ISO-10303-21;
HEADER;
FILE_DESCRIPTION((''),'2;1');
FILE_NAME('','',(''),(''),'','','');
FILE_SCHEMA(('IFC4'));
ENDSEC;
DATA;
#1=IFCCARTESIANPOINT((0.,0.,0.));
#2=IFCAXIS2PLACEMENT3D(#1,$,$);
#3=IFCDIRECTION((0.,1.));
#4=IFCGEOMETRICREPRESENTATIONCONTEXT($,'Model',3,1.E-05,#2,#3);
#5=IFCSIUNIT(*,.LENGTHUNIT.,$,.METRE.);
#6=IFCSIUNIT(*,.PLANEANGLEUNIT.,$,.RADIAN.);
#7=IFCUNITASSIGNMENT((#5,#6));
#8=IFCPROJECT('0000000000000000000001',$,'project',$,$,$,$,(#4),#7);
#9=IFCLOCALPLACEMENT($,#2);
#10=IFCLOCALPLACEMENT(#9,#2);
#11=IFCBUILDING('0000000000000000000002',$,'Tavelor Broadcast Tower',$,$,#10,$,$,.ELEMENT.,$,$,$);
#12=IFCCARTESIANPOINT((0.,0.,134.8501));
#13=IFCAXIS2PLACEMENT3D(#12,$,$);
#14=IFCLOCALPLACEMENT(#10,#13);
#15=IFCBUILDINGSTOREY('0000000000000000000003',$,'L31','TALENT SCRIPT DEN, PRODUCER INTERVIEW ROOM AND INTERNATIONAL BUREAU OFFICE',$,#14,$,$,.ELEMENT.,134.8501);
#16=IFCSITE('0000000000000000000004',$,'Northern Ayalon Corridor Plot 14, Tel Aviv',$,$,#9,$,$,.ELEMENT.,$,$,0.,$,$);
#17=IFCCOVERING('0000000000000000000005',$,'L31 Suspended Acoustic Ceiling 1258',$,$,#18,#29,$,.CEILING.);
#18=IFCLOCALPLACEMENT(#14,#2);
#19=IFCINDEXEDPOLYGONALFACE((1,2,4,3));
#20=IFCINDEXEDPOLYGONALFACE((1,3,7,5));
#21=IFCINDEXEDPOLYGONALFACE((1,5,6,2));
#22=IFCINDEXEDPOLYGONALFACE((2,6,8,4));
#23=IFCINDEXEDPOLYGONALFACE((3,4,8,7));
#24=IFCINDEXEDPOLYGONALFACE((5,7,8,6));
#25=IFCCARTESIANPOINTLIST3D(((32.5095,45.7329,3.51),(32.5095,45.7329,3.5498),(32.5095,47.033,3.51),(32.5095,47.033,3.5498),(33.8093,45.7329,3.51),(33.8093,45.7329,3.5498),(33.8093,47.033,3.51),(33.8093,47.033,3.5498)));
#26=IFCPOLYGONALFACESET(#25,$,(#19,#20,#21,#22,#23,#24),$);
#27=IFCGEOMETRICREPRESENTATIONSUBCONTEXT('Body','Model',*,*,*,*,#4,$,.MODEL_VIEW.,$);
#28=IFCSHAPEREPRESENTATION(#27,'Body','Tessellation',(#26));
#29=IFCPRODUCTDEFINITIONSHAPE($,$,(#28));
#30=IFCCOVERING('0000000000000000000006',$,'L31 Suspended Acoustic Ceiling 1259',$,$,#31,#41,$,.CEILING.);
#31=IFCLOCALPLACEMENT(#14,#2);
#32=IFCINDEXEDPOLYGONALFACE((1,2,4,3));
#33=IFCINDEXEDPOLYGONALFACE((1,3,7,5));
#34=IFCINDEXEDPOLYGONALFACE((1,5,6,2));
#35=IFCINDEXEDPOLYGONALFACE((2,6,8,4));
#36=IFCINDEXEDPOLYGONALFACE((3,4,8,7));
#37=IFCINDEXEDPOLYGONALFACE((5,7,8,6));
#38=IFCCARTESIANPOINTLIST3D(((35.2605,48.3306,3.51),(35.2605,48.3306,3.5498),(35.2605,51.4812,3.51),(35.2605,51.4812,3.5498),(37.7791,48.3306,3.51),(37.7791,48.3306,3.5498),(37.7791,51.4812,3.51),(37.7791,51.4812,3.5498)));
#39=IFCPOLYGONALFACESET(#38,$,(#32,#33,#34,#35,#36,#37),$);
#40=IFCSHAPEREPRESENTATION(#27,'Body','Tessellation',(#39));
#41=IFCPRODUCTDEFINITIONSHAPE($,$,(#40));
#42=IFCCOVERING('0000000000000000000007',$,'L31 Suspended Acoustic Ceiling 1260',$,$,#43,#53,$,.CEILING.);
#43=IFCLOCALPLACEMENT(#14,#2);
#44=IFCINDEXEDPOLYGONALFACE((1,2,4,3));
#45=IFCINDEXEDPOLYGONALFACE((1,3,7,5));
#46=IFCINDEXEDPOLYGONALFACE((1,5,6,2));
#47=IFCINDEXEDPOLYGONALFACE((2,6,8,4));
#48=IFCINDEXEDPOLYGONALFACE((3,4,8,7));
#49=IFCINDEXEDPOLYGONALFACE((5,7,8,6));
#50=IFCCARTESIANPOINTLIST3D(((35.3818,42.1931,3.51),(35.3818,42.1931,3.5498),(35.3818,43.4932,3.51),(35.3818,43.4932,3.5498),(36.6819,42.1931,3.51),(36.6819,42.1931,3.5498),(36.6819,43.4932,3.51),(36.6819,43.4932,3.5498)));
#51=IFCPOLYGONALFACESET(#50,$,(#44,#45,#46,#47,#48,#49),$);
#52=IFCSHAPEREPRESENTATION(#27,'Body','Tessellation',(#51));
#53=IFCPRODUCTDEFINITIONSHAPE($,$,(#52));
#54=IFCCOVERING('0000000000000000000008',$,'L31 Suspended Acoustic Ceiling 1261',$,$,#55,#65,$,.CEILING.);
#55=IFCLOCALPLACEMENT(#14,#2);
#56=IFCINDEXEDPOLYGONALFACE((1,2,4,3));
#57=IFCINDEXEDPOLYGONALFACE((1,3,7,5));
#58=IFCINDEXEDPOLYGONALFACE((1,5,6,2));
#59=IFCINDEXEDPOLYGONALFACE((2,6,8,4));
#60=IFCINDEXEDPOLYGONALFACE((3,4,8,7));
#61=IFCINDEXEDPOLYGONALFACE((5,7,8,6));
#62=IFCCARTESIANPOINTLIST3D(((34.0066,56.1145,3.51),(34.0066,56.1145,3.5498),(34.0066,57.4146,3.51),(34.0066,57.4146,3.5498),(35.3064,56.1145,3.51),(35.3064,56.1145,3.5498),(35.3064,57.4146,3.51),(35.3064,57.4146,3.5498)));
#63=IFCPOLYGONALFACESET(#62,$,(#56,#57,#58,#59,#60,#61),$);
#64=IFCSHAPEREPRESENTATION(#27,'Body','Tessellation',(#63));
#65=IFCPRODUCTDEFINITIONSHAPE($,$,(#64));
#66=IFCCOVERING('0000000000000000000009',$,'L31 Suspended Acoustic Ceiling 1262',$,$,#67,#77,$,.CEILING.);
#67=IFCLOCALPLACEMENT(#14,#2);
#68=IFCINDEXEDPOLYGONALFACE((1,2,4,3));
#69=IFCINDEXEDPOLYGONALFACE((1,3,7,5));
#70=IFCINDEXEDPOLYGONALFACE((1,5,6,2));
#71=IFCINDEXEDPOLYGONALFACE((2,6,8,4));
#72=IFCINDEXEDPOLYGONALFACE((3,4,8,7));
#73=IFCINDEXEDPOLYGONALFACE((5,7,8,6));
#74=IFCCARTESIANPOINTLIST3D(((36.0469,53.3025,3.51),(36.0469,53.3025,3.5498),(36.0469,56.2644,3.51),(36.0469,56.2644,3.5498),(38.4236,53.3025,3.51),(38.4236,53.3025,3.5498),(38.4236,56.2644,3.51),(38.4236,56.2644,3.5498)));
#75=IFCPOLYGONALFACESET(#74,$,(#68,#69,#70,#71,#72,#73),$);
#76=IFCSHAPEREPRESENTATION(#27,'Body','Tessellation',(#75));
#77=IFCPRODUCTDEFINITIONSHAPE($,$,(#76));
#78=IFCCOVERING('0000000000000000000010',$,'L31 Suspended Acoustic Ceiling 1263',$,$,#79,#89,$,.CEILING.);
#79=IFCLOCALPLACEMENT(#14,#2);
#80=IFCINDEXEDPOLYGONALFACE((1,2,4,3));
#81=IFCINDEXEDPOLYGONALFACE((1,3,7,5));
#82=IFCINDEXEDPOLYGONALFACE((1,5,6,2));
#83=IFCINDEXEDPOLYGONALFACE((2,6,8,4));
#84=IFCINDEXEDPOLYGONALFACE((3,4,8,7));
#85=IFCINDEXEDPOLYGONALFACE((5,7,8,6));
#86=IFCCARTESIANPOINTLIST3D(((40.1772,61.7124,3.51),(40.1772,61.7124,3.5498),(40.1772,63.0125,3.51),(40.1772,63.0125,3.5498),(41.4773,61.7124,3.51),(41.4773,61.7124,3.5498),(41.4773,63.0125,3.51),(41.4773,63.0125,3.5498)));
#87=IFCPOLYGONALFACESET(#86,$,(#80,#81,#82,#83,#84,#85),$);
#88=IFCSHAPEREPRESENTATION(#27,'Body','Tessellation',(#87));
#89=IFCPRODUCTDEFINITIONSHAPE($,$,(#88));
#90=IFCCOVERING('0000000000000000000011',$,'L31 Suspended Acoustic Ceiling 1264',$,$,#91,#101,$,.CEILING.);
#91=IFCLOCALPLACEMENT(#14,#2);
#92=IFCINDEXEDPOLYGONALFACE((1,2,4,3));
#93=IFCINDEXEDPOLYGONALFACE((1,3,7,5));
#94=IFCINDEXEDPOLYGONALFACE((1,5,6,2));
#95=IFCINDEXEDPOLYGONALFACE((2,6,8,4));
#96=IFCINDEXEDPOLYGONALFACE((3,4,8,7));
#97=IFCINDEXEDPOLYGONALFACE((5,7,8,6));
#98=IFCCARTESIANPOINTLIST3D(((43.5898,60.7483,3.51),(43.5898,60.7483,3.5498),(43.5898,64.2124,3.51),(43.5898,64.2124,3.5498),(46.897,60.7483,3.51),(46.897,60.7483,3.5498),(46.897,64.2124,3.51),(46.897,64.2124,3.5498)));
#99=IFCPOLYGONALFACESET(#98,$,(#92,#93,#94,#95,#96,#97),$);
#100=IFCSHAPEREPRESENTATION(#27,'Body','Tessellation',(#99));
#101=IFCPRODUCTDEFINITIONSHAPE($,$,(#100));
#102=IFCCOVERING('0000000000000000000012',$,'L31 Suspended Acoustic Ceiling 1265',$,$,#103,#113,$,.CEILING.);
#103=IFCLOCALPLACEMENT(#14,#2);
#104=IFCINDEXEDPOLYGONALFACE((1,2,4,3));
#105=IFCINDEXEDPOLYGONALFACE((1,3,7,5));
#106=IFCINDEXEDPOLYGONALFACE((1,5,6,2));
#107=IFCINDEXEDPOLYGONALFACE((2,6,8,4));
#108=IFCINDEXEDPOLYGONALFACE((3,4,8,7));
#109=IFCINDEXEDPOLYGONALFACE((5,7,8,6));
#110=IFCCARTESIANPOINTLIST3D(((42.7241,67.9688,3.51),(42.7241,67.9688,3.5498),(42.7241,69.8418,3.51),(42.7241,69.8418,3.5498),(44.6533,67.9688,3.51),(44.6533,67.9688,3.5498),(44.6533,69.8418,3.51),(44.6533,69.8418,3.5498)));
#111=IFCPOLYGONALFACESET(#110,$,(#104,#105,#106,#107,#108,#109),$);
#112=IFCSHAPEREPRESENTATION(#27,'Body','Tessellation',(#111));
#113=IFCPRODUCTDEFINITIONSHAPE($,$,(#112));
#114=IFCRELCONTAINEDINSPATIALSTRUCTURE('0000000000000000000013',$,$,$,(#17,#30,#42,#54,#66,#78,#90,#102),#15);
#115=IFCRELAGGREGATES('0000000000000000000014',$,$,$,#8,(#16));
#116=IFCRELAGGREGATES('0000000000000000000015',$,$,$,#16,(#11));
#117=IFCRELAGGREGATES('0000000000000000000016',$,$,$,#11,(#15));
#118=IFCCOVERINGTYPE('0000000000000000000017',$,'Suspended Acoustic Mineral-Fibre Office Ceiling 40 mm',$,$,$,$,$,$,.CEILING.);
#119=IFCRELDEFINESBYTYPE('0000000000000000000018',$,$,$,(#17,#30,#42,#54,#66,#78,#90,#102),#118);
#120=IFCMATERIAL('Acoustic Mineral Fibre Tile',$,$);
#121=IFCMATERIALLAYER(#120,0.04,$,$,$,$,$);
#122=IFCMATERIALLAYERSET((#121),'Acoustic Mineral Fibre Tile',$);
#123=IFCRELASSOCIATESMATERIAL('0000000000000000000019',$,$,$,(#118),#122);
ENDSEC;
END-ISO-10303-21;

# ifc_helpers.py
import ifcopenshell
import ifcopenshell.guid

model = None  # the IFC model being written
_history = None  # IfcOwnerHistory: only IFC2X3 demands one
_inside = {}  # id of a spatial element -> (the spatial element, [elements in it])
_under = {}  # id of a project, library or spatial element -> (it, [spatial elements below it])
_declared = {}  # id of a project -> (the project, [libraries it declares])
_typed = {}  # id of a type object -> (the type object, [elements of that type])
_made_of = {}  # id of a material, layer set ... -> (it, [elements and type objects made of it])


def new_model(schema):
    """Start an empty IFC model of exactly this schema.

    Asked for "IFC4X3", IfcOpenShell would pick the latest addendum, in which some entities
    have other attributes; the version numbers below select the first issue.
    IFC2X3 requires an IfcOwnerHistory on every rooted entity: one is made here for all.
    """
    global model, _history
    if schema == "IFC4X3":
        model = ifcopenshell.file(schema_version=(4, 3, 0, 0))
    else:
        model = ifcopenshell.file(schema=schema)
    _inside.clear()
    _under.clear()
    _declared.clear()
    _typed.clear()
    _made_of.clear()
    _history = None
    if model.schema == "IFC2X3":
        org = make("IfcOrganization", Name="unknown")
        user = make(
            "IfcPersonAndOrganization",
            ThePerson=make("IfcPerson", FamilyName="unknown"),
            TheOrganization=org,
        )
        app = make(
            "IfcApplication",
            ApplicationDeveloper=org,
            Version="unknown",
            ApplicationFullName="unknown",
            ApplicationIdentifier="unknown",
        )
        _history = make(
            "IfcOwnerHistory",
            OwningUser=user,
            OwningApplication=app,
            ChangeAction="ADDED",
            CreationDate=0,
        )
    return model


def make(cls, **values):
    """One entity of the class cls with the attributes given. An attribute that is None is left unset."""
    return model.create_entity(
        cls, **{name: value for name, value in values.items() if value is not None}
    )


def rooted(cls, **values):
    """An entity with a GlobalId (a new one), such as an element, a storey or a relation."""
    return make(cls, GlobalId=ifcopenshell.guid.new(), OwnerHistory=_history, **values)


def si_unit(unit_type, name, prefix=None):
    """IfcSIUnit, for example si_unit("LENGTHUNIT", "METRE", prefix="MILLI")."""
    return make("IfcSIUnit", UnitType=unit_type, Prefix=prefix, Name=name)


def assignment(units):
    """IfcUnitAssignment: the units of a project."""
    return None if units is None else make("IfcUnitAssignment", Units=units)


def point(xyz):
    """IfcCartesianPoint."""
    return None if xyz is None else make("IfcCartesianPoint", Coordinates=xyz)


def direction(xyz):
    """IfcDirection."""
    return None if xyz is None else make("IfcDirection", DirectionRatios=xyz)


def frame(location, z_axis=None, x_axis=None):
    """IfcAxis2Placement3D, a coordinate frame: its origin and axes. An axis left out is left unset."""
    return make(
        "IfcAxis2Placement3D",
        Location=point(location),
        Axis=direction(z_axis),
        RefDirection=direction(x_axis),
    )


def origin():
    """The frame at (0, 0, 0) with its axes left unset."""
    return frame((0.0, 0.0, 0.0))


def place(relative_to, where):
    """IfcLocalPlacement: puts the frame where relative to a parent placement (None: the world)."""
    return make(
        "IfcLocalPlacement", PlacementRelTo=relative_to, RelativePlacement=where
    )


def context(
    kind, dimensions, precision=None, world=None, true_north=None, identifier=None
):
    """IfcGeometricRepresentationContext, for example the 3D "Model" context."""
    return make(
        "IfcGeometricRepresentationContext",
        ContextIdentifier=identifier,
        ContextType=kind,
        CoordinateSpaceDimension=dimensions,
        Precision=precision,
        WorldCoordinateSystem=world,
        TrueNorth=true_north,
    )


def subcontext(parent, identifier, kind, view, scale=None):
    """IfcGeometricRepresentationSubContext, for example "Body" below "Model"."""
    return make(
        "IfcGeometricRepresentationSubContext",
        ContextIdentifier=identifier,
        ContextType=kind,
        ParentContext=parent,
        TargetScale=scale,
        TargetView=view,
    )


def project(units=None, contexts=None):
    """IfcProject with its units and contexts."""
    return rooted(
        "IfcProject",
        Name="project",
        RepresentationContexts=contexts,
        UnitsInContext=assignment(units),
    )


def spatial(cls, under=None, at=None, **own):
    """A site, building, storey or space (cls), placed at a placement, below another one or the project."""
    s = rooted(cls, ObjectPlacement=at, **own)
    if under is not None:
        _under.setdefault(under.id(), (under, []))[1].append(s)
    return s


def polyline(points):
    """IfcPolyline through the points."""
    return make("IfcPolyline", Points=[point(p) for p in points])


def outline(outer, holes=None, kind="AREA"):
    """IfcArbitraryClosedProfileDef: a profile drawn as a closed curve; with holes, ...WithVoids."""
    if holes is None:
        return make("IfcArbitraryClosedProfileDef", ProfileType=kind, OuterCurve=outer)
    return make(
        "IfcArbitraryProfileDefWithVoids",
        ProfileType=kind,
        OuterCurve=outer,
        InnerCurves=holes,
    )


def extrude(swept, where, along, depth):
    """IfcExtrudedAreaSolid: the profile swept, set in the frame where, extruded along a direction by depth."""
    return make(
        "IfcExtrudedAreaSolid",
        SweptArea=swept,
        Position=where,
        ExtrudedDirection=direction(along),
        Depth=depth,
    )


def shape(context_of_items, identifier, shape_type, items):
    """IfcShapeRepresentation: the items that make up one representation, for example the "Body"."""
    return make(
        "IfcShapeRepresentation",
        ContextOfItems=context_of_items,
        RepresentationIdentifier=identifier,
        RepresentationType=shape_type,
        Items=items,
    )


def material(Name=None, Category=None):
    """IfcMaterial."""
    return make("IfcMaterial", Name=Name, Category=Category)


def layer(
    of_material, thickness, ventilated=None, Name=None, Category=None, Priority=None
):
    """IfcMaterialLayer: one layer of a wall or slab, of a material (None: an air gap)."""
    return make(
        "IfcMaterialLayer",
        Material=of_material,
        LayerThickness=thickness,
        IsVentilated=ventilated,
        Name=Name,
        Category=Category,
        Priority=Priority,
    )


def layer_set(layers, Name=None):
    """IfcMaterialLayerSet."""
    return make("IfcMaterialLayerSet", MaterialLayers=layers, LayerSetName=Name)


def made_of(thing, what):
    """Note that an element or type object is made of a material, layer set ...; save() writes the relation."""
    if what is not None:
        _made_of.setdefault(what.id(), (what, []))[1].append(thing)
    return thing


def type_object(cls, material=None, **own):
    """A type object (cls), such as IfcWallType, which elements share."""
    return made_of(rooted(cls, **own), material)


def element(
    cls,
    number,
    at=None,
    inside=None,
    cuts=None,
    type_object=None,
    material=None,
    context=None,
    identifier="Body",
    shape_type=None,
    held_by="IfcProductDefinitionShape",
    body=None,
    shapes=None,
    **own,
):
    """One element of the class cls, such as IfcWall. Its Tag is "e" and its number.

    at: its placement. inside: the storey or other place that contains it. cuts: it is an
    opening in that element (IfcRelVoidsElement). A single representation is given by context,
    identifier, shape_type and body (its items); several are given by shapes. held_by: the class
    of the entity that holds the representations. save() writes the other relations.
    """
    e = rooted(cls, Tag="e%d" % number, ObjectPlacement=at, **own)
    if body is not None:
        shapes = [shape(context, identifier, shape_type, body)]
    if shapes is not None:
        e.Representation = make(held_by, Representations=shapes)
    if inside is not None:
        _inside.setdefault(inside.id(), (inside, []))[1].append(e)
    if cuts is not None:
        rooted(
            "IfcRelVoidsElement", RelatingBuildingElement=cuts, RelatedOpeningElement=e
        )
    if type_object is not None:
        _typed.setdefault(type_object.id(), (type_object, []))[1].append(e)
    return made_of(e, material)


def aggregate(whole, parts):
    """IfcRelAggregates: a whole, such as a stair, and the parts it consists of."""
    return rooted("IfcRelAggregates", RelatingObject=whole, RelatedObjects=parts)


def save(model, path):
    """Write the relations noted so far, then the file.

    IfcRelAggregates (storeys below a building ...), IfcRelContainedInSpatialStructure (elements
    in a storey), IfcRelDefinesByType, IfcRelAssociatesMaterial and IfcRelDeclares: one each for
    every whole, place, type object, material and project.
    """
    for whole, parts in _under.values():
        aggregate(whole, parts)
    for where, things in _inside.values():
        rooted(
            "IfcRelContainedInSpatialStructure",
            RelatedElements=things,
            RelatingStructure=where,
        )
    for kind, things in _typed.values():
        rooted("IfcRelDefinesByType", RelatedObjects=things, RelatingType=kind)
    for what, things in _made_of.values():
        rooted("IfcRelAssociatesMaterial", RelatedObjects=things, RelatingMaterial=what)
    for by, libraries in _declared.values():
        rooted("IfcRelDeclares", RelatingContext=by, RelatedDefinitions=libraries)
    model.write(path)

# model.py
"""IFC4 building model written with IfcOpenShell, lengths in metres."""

from ifc_helpers import new_model, si_unit, direction, frame, origin, place, context, subcontext, project, spatial, polyline, outline, extrude, material, layer, layer_set, type_object, element, save


model = new_model("IFC4")

# Units and contexts
model_context = context("Model", 3, precision=1e-05, world=origin(), true_north=direction((0.0, 1.0)))
body_context = subcontext(model_context, "Body", "Model", "MODEL_VIEW")
ifc_project = project(units=[si_unit("LENGTHUNIT", "METRE"), si_unit("PLANEANGLEUNIT", "RADIAN")], contexts=[model_context])

# Site, building, storey
site_placement = place(None, origin())
site = spatial("IfcSite", under=ifc_project, at=site_placement, Name="Northern Ayalon Corridor Plot 14, Tel Aviv", CompositionType="ELEMENT", RefElevation=0.0)
building_placement = place(site_placement, origin())
building = spatial("IfcBuilding", under=site, at=building_placement, Name="Tavelor Broadcast Tower", CompositionType="ELEMENT")
storey_placement = place(building_placement, frame((0.0, 0.0, 134.8501)))
storey = spatial("IfcBuildingStorey", under=building, at=storey_placement, Name="L31", Description="TALENT SCRIPT DEN, PRODUCER INTERVIEW ROOM AND INTERNATIONAL BUREAU OFFICE", CompositionType="ELEMENT", Elevation=134.8501)

# Coverings
ifc_material_1 = material(Name="Acoustic Mineral Fibre Tile")
ifc_layer_1 = layer(ifc_material_1, 0.04)
ifc_layer_set_1 = layer_set([ifc_layer_1], Name="Acoustic Mineral Fibre Tile")
covering_type_1 = type_object("IfcCoveringType", Name="Suspended Acoustic Mineral-Fibre Office Ceiling 40 mm", PredefinedType="CEILING", material=ifc_layer_set_1)
covering_1_placement = place(storey_placement, frame((0.0, 0.0, 3.51)))
element("IfcCovering", 1, at=covering_1_placement, inside=storey, type_object=covering_type_1, Name="L31 Suspended Acoustic Ceiling 1258", PredefinedType="CEILING", context=body_context, shape_type="SweptSolid", body=[
    extrude(outline(polyline([(32.5095, 45.7329), (33.8093, 45.7329), (33.8093, 47.033), (32.5095, 47.033), (32.5095, 45.7329)])), origin(), (0.0, 0.0, 1.0), 0.0398),
])
covering_2_placement = place(storey_placement, frame((0.0, 0.0, 3.51)))
element("IfcCovering", 2, at=covering_2_placement, inside=storey, type_object=covering_type_1, Name="L31 Suspended Acoustic Ceiling 1259", PredefinedType="CEILING", context=body_context, shape_type="SweptSolid", body=[
    extrude(outline(polyline([(35.2605, 48.3306), (37.7791, 48.3306), (37.7791, 51.4812), (35.2605, 51.4812), (35.2605, 48.3306)])), origin(), (0.0, 0.0, 1.0), 0.0398),
])
covering_3_placement = place(storey_placement, frame((0.0, 0.0, 3.51)))
element("IfcCovering", 3, at=covering_3_placement, inside=storey, type_object=covering_type_1, Name="L31 Suspended Acoustic Ceiling 1260", PredefinedType="CEILING", context=body_context, shape_type="SweptSolid", body=[
    extrude(outline(polyline([(35.3818, 42.1931), (36.6819, 42.1931), (36.6819, 43.4932), (35.3818, 43.4932), (35.3818, 42.1931)])), origin(), (0.0, 0.0, 1.0), 0.0398),
])
covering_4_placement = place(storey_placement, frame((0.0, 0.0, 3.51)))
element("IfcCovering", 4, at=covering_4_placement, inside=storey, type_object=covering_type_1, Name="L31 Suspended Acoustic Ceiling 1261", PredefinedType="CEILING", context=body_context, shape_type="SweptSolid", body=[
    extrude(outline(polyline([(34.0066, 56.1145), (35.3064, 56.1145), (35.3064, 57.4146), (34.0066, 57.4146), (34.0066, 56.1145)])), origin(), (0.0, 0.0, 1.0), 0.0398),
])
covering_5_placement = place(storey_placement, frame((0.0, 0.0, 3.51)))
element("IfcCovering", 5, at=covering_5_placement, inside=storey, type_object=covering_type_1, Name="L31 Suspended Acoustic Ceiling 1262", PredefinedType="CEILING", context=body_context, shape_type="SweptSolid", body=[
    extrude(outline(polyline([(36.0469, 53.3025), (38.4236, 53.3025), (38.4236, 56.2644), (36.0469, 56.2644), (36.0469, 53.3025)])), origin(), (0.0, 0.0, 1.0), 0.0398),
])
covering_6_placement = place(storey_placement, frame((0.0, 0.0, 3.51)))
element("IfcCovering", 6, at=covering_6_placement, inside=storey, type_object=covering_type_1, Name="L31 Suspended Acoustic Ceiling 1263", PredefinedType="CEILING", context=body_context, shape_type="SweptSolid", body=[
    extrude(outline(polyline([(40.1772, 61.7124), (41.4773, 61.7124), (41.4773, 63.0125), (40.1772, 63.0125), (40.1772, 61.7124)])), origin(), (0.0, 0.0, 1.0), 0.0398),
])
covering_7_placement = place(storey_placement, frame((0.0, 0.0, 3.51)))
element("IfcCovering", 7, at=covering_7_placement, inside=storey, type_object=covering_type_1, Name="L31 Suspended Acoustic Ceiling 1264", PredefinedType="CEILING", context=body_context, shape_type="SweptSolid", body=[
    extrude(outline(polyline([(43.5898, 60.7483), (46.897, 60.7483), (46.897, 64.2124), (43.5898, 64.2124), (43.5898, 60.7483)])), origin(), (0.0, 0.0, 1.0), 0.0398),
])
covering_8_placement = place(storey_placement, frame((0.0, 0.0, 3.51)))
element("IfcCovering", 8, at=covering_8_placement, inside=storey, type_object=covering_type_1, Name="L31 Suspended Acoustic Ceiling 1265", PredefinedType="CEILING", context=body_context, shape_type="SweptSolid", body=[
    extrude(outline(polyline([(42.7241, 67.9688), (44.6533, 67.9688), (44.6533, 69.8418), (42.7241, 69.8418), (42.7241, 67.9688)])), origin(), (0.0, 0.0, 1.0), 0.0398),
])

save(model, "model.ifc")
